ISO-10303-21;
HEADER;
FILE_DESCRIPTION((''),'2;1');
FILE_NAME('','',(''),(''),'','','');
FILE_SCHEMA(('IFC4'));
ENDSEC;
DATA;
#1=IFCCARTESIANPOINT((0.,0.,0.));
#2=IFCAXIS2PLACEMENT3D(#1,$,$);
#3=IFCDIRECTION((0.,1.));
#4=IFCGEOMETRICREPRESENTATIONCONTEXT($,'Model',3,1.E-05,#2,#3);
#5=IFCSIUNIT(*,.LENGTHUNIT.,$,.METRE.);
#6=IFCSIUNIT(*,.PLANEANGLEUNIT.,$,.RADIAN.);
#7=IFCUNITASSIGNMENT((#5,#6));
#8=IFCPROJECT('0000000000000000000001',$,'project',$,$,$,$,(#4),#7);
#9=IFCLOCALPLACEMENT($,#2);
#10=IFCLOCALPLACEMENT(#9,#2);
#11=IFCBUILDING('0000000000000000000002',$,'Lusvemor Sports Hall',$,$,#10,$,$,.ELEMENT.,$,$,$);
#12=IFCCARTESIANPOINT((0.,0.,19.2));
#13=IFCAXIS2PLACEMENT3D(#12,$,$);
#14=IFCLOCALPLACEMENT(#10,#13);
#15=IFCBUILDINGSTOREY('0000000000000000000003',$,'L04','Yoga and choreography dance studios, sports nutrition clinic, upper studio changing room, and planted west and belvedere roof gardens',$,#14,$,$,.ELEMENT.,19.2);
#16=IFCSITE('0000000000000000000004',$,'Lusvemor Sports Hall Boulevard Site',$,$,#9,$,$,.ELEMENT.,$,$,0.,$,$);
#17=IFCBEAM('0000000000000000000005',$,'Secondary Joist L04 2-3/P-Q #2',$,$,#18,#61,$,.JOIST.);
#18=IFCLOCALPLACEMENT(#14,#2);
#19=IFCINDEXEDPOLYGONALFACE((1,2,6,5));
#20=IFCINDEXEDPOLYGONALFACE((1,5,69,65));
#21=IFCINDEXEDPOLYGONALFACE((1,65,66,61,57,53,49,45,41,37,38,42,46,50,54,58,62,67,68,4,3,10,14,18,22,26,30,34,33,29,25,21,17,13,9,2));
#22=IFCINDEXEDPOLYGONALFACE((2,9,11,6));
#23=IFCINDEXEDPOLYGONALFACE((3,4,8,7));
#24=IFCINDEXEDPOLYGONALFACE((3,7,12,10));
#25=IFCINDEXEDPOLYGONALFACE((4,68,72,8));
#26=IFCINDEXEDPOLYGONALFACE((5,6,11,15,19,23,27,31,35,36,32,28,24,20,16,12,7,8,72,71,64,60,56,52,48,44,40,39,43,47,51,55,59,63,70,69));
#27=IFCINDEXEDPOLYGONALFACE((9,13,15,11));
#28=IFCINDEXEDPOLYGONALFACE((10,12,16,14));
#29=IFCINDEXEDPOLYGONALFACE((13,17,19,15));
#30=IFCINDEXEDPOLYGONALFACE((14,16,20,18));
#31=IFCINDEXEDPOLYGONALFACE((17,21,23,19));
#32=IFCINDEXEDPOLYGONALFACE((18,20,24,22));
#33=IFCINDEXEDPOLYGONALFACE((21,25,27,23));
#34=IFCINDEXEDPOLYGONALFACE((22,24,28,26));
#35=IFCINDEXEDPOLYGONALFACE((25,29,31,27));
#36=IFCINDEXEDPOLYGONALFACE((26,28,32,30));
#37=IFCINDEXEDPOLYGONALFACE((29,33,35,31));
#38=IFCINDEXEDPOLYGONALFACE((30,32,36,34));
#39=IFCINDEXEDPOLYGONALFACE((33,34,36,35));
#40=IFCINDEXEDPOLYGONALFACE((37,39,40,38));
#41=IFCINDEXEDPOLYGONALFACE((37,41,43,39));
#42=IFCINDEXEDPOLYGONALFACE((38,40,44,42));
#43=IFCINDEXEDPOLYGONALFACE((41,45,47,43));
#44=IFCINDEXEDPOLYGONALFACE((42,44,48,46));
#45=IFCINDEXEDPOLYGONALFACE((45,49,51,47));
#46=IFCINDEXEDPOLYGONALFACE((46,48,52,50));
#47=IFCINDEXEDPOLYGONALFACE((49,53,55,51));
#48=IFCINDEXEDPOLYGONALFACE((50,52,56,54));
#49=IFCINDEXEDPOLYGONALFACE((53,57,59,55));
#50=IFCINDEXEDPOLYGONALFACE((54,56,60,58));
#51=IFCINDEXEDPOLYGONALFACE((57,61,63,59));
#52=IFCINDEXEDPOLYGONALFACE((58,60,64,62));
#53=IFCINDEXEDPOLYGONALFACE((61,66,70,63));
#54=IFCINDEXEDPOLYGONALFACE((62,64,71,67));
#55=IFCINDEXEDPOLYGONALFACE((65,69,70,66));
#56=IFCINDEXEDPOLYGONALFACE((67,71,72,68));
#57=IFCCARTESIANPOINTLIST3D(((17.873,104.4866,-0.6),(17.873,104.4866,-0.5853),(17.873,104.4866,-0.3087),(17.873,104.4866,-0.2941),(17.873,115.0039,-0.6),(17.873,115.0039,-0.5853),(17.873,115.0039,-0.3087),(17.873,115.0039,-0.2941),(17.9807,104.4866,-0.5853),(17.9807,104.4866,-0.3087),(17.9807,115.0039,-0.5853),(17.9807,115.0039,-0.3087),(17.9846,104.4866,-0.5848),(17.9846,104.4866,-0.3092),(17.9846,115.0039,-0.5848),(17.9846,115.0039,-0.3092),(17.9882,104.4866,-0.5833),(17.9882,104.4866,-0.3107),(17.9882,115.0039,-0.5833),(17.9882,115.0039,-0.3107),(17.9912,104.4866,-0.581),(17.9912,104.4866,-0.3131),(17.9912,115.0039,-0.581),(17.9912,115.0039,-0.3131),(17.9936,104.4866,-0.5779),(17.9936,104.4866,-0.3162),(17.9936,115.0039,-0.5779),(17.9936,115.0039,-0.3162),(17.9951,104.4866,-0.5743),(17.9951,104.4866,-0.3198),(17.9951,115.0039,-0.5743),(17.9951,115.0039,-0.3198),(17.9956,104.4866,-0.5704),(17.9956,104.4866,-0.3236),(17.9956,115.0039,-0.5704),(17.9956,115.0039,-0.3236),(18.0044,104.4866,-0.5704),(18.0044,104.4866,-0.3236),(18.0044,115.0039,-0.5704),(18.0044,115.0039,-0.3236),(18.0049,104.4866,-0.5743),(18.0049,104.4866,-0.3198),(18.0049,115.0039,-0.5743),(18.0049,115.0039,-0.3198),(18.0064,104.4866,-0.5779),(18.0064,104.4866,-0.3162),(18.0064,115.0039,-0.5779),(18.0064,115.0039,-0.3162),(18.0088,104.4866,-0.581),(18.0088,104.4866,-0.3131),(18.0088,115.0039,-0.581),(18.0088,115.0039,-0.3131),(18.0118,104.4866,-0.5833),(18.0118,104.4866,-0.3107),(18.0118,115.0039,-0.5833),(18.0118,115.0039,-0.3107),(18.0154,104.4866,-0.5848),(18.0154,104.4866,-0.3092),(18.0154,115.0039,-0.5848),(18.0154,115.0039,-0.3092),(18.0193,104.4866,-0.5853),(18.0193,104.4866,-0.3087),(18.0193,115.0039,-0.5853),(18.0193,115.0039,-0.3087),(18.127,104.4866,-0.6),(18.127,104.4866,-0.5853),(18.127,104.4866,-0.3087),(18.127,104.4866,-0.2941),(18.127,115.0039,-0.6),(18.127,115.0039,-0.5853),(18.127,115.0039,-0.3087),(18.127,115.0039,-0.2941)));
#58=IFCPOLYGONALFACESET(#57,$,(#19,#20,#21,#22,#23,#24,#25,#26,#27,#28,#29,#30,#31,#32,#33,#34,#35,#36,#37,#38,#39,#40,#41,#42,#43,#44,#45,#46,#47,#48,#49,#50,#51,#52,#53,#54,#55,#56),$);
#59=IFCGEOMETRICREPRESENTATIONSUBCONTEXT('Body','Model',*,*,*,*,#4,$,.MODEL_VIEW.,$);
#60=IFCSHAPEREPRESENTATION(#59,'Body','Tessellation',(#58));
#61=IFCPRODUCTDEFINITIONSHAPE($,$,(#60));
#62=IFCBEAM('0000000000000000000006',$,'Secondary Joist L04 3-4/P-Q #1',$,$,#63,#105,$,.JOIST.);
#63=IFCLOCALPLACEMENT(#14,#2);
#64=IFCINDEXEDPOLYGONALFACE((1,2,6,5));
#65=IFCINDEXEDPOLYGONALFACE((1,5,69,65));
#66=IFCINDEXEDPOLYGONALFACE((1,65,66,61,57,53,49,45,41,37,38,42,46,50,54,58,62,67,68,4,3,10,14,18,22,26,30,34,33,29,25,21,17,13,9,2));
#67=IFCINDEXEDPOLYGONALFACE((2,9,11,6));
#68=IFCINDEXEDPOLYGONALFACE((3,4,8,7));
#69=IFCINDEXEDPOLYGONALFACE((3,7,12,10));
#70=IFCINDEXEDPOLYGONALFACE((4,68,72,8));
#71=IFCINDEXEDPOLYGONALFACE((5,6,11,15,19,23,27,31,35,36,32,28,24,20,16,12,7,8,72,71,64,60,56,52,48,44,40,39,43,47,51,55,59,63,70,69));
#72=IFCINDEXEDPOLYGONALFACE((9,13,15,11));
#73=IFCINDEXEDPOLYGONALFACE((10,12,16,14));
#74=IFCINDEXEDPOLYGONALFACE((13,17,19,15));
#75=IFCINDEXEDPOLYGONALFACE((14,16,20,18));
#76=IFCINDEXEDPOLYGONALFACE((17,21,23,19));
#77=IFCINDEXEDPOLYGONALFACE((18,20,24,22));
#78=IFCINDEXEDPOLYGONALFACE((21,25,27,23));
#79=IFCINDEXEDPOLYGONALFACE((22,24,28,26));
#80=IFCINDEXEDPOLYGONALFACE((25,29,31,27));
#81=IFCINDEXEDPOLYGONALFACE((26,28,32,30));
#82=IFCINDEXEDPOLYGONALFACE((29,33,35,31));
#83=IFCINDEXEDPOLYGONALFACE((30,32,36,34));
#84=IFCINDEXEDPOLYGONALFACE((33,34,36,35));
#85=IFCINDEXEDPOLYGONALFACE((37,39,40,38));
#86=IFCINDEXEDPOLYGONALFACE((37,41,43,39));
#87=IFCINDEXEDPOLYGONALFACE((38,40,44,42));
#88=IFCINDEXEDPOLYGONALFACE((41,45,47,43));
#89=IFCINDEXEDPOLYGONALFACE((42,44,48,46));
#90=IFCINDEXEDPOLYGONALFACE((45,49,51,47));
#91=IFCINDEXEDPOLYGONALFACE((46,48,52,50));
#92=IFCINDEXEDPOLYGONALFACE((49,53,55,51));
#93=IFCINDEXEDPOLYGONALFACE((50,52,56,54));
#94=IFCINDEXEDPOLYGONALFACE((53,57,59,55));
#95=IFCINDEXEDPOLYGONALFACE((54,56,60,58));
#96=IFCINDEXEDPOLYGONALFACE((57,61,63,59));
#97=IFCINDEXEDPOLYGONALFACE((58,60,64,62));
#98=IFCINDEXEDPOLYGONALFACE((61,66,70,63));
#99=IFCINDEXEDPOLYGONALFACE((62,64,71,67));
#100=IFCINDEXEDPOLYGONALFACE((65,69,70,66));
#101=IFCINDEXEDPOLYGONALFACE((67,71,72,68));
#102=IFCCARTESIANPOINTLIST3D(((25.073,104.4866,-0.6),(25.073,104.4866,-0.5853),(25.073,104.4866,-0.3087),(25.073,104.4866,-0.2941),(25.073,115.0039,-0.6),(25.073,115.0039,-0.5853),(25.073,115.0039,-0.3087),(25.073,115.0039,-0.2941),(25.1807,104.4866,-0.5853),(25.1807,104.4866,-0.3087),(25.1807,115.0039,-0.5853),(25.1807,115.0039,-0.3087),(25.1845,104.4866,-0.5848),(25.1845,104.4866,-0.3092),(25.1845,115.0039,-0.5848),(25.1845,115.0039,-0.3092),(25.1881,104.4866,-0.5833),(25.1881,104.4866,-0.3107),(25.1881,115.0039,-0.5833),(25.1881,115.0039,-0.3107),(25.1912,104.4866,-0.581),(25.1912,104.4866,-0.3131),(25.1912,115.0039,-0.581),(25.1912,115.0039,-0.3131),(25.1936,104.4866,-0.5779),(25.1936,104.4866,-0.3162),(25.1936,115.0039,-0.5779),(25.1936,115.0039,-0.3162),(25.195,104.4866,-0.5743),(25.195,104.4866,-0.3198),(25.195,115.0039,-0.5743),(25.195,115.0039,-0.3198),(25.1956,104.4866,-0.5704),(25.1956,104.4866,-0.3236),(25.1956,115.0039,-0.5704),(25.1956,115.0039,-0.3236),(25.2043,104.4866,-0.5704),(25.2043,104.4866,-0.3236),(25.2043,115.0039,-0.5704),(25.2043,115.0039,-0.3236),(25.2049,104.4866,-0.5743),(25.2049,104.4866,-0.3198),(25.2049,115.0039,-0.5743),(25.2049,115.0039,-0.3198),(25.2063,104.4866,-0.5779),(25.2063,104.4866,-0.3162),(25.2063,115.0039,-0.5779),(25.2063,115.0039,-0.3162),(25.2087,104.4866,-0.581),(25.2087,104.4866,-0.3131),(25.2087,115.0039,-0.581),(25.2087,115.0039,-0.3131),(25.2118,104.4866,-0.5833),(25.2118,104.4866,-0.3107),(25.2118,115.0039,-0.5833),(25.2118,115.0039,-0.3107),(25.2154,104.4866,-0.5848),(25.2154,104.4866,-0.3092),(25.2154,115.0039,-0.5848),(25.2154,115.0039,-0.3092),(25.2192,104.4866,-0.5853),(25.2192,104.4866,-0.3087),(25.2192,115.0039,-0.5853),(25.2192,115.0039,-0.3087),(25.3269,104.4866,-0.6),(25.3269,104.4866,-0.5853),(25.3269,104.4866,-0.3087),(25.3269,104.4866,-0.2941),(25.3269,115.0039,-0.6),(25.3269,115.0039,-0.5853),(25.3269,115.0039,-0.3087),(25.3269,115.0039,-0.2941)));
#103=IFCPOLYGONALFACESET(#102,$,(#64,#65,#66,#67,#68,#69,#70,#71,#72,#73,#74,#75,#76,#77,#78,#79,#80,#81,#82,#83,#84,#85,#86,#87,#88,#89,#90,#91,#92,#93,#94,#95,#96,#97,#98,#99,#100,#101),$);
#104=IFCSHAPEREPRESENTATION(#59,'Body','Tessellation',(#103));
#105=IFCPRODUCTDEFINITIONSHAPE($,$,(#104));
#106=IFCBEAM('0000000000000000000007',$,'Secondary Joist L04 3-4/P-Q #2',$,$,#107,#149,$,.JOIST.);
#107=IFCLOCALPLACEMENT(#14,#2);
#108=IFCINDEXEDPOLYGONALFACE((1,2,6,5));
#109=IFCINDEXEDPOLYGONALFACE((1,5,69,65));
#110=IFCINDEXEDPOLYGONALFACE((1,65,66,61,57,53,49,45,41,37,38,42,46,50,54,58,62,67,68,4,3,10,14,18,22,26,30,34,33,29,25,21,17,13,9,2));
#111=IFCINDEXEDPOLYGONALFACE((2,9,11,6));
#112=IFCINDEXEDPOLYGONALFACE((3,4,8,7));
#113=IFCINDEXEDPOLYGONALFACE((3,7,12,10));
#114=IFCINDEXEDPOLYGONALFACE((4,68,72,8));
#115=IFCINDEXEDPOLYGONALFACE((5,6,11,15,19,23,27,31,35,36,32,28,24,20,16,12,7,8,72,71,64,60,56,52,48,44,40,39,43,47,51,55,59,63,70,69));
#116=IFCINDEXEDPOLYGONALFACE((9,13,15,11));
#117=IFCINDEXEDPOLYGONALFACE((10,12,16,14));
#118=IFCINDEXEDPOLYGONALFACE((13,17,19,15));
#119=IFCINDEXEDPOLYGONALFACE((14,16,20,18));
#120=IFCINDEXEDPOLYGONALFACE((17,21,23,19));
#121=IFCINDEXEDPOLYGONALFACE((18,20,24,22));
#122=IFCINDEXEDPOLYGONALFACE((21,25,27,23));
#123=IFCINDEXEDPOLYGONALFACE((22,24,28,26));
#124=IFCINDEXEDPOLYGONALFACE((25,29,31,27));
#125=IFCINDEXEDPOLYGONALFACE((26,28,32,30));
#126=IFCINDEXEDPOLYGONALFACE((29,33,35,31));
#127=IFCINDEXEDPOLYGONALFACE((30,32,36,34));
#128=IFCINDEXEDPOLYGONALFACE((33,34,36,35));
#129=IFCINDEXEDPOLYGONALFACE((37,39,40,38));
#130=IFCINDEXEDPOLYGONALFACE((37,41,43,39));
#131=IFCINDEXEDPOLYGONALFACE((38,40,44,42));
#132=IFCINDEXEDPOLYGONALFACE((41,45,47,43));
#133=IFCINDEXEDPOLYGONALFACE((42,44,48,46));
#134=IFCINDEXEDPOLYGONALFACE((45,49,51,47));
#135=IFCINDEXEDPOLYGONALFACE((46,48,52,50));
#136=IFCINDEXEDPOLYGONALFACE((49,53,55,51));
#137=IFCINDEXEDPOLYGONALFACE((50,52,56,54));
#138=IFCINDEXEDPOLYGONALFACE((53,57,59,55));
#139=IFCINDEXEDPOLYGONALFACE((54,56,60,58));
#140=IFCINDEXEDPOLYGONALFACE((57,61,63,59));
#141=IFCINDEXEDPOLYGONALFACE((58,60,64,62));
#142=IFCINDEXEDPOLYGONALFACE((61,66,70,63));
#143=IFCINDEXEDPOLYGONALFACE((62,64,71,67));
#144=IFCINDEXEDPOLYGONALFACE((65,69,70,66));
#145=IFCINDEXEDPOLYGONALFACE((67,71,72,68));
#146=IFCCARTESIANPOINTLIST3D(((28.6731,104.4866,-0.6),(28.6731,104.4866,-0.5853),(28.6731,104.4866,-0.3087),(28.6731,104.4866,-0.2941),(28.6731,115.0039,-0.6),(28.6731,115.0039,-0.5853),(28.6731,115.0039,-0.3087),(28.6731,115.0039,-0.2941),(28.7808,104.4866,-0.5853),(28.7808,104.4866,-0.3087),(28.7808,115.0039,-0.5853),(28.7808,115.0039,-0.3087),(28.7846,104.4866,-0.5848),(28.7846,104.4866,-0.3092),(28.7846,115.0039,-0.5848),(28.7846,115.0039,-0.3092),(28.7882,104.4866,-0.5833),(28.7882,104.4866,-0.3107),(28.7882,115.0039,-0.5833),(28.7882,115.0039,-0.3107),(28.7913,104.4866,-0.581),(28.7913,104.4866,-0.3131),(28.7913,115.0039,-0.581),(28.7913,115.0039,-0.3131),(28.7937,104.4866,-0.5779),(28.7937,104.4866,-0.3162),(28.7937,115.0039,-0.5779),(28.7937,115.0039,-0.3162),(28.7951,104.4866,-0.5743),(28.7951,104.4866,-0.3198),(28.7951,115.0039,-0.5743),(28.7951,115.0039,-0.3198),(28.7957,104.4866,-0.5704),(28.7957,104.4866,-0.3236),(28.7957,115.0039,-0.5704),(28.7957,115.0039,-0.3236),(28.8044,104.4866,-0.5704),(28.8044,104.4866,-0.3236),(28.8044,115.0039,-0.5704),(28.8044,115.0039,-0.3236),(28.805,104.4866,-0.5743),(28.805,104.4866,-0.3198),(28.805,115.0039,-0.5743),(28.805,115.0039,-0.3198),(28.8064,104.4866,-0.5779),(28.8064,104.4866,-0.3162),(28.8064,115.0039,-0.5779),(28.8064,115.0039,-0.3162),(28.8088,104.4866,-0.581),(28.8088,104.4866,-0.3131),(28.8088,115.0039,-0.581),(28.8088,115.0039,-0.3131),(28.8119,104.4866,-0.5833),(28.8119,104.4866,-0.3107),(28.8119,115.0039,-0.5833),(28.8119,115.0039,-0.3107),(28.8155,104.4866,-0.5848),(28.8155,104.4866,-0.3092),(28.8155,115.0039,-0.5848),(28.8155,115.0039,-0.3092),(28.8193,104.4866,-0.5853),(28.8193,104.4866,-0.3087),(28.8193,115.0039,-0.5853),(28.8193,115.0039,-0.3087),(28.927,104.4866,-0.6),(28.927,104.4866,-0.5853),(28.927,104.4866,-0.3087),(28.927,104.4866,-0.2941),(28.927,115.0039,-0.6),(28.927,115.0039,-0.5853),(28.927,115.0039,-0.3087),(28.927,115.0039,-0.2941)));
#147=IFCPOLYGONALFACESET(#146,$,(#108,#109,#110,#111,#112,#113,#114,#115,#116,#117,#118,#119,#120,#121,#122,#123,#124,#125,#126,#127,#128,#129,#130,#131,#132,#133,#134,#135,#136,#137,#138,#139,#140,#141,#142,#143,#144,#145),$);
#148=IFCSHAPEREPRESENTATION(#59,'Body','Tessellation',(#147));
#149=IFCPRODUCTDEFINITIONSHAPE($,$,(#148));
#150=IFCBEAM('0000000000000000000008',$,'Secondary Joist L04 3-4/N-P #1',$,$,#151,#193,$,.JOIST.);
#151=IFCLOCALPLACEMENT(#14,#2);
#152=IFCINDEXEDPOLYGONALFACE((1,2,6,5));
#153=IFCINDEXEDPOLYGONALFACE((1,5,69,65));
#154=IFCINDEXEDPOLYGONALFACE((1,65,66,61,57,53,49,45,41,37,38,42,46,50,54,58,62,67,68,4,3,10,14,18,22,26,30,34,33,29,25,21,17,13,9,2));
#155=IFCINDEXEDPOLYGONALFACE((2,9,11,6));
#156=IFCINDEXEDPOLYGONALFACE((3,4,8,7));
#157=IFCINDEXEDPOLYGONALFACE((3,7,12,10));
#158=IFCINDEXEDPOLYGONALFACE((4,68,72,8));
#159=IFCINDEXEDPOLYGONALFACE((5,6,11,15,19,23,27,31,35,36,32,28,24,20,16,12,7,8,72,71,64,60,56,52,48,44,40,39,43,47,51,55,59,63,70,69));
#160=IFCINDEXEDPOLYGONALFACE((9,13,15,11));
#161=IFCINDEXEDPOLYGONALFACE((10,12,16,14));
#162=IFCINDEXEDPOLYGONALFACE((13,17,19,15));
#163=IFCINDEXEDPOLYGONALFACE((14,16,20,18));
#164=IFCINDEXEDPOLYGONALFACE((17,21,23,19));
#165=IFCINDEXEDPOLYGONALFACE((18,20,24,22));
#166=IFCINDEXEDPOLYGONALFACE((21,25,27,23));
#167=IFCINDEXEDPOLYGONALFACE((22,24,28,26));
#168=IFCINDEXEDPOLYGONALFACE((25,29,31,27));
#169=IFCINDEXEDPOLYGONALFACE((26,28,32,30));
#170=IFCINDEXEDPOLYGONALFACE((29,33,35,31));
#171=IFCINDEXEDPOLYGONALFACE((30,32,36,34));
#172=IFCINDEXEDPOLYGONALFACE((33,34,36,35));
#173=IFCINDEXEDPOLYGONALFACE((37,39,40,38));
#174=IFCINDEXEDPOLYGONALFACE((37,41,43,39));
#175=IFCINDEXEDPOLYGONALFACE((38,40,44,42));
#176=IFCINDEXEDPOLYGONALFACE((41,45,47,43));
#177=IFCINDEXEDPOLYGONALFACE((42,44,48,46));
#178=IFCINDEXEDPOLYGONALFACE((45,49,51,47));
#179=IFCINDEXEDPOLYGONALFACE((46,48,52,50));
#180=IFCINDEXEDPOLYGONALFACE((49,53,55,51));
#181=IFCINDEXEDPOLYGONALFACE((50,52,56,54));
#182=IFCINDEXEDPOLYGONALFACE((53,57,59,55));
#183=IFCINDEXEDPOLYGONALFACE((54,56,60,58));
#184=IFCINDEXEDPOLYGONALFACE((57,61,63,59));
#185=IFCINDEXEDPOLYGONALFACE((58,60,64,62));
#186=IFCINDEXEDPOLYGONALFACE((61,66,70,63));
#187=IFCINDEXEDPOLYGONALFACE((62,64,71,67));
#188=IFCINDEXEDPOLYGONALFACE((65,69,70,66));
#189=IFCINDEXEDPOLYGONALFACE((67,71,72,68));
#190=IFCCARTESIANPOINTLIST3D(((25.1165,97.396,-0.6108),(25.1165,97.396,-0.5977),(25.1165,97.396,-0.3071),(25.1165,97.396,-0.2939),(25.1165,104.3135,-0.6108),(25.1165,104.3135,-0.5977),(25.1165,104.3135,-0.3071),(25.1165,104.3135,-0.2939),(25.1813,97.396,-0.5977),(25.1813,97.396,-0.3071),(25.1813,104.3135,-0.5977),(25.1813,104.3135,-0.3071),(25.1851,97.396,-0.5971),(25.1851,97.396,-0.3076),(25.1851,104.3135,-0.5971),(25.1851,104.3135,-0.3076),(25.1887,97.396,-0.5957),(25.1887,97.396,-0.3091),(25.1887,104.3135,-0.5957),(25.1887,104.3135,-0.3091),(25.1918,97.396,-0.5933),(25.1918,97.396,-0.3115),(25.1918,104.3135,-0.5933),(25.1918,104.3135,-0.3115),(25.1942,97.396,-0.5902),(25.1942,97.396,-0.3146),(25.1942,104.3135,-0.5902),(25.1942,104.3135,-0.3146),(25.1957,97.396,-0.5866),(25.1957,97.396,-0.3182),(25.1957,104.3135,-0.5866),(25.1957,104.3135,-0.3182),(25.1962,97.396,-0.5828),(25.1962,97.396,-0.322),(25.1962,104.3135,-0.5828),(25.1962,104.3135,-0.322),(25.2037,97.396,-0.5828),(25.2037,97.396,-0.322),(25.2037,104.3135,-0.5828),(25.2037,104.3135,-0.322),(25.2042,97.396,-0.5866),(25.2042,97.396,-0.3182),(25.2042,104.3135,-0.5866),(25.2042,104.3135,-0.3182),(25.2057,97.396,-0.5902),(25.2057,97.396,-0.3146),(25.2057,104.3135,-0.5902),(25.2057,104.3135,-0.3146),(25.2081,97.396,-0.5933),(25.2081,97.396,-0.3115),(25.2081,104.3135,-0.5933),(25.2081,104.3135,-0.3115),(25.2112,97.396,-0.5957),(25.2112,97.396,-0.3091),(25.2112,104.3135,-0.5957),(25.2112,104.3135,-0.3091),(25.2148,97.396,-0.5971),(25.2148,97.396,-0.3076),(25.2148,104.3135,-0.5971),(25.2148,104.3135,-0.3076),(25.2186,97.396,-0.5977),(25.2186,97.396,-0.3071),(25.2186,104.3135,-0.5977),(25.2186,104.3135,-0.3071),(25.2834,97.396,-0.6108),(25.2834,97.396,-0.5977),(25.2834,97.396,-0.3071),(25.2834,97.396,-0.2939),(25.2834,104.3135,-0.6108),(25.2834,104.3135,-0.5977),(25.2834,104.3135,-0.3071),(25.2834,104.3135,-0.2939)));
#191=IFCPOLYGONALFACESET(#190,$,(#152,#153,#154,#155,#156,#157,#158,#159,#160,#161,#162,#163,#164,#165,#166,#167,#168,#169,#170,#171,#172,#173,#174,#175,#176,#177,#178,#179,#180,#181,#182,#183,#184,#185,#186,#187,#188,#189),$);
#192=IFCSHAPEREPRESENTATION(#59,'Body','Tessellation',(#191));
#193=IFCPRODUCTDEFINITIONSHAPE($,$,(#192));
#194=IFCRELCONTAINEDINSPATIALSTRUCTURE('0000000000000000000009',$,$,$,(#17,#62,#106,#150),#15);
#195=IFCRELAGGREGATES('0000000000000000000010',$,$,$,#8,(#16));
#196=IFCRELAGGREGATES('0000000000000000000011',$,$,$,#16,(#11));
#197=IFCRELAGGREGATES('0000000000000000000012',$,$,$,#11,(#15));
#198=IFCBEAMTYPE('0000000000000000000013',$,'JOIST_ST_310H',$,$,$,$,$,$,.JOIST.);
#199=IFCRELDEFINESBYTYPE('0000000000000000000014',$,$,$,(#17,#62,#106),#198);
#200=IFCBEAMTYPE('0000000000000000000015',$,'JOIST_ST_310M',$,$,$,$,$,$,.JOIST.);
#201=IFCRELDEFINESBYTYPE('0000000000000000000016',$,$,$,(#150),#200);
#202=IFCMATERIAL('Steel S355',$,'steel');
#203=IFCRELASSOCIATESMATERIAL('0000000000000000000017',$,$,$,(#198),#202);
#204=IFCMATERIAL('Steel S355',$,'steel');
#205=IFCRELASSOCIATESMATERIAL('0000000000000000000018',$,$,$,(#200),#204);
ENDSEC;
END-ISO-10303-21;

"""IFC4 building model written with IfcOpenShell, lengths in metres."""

from ifc_helpers import new_model, si_unit, direction, frame, origin, origin_2d, place, context, subcontext, project, spatial, i_section, extrude, material, material_profile, profile_set, type_object, element, save


model = new_model("IFC4")

# Units and contexts
model_context = context("Model", 3, precision=1e-05, world=origin(), true_north=direction((0.0, 1.0)))
body_context = subcontext(model_context, "Body", "Model", "MODEL_VIEW")
ifc_project = project(units=[si_unit("LENGTHUNIT", "METRE"), si_unit("PLANEANGLEUNIT", "RADIAN")], contexts=[model_context])

# Site, building, storey
site_placement = place(None, origin())
site = spatial("IfcSite", under=ifc_project, at=site_placement, Name="Lusvemor Sports Hall Boulevard Site", CompositionType="ELEMENT", RefElevation=0.0)
building_placement = place(site_placement, origin())
building = spatial("IfcBuilding", under=site, at=building_placement, Name="Lusvemor Sports Hall", CompositionType="ELEMENT")
storey_placement = place(building_placement, frame((0.0, 0.0, 19.2)))
storey = spatial("IfcBuildingStorey", under=building, at=storey_placement, Name="L04", Description="Yoga and choreography dance studios, sports nutrition clinic, upper studio changing room, and planted west and belvedere roof gardens", CompositionType="ELEMENT", Elevation=19.2)

# Beams
ifc_material_1 = material(Name="Steel S355", Category="steel")
ifc_material_profile_1 = material_profile(ifc_material_1, i_section(OverallWidth=0.2539, OverallDepth=0.3059, WebThickness=0.0088, FlangeThickness=0.0146, FilletRadius=0.0149, at=origin_2d()), Name="W310x79.0")
ifc_profile_set_1 = profile_set([ifc_material_profile_1], Name="Steel S355")
beam_type_1 = type_object("IfcBeamType", Name="JOIST_ST_310H", PredefinedType="JOIST", material=ifc_profile_set_1)
for number, where, z_axis, x_axis, name in (
    (1, (18.0, 104.4866, -0.447), (0.0, 1.0, 0.0), (-1.0, 0.0, 0.0), "Secondary Joist L04 2-3/P-Q #2"),
    (2, (25.2, 104.4866, -0.447), (0.0, 1.0, 0.0), (-1.0, 0.0, 0.0), "Secondary Joist L04 3-4/P-Q #1"),
    (3, (28.8, 104.4866, -0.447), (0.0, 1.0, 0.0), (-1.0, 0.0, 0.0), "Secondary Joist L04 3-4/P-Q #2"),
):
    element("IfcBeam", number, at=place(storey_placement, frame(where, z_axis=z_axis, x_axis=x_axis)), inside=storey, type_object=beam_type_1, Name=name, PredefinedType="JOIST", context=body_context, shape_type="SweptSolid", body=[
        extrude(i_section(OverallWidth=0.2539, OverallDepth=0.3059, WebThickness=0.0088, FlangeThickness=0.0146, FilletRadius=0.0149, at=origin_2d()), origin(), (0.0, 0.0, 1.0), 10.5173),
    ])
ifc_material_2 = material(Name="Steel S355", Category="steel")
ifc_material_profile_2 = material_profile(ifc_material_2, i_section(OverallWidth=0.167, OverallDepth=0.3169, WebThickness=0.0076, FlangeThickness=0.0132, FilletRadius=0.0149, at=origin_2d()), Name="W310x52.0")
ifc_profile_set_2 = profile_set([ifc_material_profile_2], Name="Steel S355")
beam_type_2 = type_object("IfcBeamType", Name="JOIST_ST_310M", PredefinedType="JOIST", material=ifc_profile_set_2)
beam_1_placement = place(storey_placement, frame((25.2, 97.396, -0.4524), z_axis=(0.0, 1.0, 0.0), x_axis=(-1.0, 0.0, 0.0)))
element("IfcBeam", 4, at=beam_1_placement, inside=storey, type_object=beam_type_2, Name="Secondary Joist L04 3-4/N-P #1", PredefinedType="JOIST", context=body_context, shape_type="SweptSolid", body=[
    extrude(i_section(OverallWidth=0.167, OverallDepth=0.3169, WebThickness=0.0076, FlangeThickness=0.0132, FilletRadius=0.0149, at=origin_2d()), origin(), (0.0, 0.0, 1.0), 6.9175),
])

save(model, "model.ifc")
